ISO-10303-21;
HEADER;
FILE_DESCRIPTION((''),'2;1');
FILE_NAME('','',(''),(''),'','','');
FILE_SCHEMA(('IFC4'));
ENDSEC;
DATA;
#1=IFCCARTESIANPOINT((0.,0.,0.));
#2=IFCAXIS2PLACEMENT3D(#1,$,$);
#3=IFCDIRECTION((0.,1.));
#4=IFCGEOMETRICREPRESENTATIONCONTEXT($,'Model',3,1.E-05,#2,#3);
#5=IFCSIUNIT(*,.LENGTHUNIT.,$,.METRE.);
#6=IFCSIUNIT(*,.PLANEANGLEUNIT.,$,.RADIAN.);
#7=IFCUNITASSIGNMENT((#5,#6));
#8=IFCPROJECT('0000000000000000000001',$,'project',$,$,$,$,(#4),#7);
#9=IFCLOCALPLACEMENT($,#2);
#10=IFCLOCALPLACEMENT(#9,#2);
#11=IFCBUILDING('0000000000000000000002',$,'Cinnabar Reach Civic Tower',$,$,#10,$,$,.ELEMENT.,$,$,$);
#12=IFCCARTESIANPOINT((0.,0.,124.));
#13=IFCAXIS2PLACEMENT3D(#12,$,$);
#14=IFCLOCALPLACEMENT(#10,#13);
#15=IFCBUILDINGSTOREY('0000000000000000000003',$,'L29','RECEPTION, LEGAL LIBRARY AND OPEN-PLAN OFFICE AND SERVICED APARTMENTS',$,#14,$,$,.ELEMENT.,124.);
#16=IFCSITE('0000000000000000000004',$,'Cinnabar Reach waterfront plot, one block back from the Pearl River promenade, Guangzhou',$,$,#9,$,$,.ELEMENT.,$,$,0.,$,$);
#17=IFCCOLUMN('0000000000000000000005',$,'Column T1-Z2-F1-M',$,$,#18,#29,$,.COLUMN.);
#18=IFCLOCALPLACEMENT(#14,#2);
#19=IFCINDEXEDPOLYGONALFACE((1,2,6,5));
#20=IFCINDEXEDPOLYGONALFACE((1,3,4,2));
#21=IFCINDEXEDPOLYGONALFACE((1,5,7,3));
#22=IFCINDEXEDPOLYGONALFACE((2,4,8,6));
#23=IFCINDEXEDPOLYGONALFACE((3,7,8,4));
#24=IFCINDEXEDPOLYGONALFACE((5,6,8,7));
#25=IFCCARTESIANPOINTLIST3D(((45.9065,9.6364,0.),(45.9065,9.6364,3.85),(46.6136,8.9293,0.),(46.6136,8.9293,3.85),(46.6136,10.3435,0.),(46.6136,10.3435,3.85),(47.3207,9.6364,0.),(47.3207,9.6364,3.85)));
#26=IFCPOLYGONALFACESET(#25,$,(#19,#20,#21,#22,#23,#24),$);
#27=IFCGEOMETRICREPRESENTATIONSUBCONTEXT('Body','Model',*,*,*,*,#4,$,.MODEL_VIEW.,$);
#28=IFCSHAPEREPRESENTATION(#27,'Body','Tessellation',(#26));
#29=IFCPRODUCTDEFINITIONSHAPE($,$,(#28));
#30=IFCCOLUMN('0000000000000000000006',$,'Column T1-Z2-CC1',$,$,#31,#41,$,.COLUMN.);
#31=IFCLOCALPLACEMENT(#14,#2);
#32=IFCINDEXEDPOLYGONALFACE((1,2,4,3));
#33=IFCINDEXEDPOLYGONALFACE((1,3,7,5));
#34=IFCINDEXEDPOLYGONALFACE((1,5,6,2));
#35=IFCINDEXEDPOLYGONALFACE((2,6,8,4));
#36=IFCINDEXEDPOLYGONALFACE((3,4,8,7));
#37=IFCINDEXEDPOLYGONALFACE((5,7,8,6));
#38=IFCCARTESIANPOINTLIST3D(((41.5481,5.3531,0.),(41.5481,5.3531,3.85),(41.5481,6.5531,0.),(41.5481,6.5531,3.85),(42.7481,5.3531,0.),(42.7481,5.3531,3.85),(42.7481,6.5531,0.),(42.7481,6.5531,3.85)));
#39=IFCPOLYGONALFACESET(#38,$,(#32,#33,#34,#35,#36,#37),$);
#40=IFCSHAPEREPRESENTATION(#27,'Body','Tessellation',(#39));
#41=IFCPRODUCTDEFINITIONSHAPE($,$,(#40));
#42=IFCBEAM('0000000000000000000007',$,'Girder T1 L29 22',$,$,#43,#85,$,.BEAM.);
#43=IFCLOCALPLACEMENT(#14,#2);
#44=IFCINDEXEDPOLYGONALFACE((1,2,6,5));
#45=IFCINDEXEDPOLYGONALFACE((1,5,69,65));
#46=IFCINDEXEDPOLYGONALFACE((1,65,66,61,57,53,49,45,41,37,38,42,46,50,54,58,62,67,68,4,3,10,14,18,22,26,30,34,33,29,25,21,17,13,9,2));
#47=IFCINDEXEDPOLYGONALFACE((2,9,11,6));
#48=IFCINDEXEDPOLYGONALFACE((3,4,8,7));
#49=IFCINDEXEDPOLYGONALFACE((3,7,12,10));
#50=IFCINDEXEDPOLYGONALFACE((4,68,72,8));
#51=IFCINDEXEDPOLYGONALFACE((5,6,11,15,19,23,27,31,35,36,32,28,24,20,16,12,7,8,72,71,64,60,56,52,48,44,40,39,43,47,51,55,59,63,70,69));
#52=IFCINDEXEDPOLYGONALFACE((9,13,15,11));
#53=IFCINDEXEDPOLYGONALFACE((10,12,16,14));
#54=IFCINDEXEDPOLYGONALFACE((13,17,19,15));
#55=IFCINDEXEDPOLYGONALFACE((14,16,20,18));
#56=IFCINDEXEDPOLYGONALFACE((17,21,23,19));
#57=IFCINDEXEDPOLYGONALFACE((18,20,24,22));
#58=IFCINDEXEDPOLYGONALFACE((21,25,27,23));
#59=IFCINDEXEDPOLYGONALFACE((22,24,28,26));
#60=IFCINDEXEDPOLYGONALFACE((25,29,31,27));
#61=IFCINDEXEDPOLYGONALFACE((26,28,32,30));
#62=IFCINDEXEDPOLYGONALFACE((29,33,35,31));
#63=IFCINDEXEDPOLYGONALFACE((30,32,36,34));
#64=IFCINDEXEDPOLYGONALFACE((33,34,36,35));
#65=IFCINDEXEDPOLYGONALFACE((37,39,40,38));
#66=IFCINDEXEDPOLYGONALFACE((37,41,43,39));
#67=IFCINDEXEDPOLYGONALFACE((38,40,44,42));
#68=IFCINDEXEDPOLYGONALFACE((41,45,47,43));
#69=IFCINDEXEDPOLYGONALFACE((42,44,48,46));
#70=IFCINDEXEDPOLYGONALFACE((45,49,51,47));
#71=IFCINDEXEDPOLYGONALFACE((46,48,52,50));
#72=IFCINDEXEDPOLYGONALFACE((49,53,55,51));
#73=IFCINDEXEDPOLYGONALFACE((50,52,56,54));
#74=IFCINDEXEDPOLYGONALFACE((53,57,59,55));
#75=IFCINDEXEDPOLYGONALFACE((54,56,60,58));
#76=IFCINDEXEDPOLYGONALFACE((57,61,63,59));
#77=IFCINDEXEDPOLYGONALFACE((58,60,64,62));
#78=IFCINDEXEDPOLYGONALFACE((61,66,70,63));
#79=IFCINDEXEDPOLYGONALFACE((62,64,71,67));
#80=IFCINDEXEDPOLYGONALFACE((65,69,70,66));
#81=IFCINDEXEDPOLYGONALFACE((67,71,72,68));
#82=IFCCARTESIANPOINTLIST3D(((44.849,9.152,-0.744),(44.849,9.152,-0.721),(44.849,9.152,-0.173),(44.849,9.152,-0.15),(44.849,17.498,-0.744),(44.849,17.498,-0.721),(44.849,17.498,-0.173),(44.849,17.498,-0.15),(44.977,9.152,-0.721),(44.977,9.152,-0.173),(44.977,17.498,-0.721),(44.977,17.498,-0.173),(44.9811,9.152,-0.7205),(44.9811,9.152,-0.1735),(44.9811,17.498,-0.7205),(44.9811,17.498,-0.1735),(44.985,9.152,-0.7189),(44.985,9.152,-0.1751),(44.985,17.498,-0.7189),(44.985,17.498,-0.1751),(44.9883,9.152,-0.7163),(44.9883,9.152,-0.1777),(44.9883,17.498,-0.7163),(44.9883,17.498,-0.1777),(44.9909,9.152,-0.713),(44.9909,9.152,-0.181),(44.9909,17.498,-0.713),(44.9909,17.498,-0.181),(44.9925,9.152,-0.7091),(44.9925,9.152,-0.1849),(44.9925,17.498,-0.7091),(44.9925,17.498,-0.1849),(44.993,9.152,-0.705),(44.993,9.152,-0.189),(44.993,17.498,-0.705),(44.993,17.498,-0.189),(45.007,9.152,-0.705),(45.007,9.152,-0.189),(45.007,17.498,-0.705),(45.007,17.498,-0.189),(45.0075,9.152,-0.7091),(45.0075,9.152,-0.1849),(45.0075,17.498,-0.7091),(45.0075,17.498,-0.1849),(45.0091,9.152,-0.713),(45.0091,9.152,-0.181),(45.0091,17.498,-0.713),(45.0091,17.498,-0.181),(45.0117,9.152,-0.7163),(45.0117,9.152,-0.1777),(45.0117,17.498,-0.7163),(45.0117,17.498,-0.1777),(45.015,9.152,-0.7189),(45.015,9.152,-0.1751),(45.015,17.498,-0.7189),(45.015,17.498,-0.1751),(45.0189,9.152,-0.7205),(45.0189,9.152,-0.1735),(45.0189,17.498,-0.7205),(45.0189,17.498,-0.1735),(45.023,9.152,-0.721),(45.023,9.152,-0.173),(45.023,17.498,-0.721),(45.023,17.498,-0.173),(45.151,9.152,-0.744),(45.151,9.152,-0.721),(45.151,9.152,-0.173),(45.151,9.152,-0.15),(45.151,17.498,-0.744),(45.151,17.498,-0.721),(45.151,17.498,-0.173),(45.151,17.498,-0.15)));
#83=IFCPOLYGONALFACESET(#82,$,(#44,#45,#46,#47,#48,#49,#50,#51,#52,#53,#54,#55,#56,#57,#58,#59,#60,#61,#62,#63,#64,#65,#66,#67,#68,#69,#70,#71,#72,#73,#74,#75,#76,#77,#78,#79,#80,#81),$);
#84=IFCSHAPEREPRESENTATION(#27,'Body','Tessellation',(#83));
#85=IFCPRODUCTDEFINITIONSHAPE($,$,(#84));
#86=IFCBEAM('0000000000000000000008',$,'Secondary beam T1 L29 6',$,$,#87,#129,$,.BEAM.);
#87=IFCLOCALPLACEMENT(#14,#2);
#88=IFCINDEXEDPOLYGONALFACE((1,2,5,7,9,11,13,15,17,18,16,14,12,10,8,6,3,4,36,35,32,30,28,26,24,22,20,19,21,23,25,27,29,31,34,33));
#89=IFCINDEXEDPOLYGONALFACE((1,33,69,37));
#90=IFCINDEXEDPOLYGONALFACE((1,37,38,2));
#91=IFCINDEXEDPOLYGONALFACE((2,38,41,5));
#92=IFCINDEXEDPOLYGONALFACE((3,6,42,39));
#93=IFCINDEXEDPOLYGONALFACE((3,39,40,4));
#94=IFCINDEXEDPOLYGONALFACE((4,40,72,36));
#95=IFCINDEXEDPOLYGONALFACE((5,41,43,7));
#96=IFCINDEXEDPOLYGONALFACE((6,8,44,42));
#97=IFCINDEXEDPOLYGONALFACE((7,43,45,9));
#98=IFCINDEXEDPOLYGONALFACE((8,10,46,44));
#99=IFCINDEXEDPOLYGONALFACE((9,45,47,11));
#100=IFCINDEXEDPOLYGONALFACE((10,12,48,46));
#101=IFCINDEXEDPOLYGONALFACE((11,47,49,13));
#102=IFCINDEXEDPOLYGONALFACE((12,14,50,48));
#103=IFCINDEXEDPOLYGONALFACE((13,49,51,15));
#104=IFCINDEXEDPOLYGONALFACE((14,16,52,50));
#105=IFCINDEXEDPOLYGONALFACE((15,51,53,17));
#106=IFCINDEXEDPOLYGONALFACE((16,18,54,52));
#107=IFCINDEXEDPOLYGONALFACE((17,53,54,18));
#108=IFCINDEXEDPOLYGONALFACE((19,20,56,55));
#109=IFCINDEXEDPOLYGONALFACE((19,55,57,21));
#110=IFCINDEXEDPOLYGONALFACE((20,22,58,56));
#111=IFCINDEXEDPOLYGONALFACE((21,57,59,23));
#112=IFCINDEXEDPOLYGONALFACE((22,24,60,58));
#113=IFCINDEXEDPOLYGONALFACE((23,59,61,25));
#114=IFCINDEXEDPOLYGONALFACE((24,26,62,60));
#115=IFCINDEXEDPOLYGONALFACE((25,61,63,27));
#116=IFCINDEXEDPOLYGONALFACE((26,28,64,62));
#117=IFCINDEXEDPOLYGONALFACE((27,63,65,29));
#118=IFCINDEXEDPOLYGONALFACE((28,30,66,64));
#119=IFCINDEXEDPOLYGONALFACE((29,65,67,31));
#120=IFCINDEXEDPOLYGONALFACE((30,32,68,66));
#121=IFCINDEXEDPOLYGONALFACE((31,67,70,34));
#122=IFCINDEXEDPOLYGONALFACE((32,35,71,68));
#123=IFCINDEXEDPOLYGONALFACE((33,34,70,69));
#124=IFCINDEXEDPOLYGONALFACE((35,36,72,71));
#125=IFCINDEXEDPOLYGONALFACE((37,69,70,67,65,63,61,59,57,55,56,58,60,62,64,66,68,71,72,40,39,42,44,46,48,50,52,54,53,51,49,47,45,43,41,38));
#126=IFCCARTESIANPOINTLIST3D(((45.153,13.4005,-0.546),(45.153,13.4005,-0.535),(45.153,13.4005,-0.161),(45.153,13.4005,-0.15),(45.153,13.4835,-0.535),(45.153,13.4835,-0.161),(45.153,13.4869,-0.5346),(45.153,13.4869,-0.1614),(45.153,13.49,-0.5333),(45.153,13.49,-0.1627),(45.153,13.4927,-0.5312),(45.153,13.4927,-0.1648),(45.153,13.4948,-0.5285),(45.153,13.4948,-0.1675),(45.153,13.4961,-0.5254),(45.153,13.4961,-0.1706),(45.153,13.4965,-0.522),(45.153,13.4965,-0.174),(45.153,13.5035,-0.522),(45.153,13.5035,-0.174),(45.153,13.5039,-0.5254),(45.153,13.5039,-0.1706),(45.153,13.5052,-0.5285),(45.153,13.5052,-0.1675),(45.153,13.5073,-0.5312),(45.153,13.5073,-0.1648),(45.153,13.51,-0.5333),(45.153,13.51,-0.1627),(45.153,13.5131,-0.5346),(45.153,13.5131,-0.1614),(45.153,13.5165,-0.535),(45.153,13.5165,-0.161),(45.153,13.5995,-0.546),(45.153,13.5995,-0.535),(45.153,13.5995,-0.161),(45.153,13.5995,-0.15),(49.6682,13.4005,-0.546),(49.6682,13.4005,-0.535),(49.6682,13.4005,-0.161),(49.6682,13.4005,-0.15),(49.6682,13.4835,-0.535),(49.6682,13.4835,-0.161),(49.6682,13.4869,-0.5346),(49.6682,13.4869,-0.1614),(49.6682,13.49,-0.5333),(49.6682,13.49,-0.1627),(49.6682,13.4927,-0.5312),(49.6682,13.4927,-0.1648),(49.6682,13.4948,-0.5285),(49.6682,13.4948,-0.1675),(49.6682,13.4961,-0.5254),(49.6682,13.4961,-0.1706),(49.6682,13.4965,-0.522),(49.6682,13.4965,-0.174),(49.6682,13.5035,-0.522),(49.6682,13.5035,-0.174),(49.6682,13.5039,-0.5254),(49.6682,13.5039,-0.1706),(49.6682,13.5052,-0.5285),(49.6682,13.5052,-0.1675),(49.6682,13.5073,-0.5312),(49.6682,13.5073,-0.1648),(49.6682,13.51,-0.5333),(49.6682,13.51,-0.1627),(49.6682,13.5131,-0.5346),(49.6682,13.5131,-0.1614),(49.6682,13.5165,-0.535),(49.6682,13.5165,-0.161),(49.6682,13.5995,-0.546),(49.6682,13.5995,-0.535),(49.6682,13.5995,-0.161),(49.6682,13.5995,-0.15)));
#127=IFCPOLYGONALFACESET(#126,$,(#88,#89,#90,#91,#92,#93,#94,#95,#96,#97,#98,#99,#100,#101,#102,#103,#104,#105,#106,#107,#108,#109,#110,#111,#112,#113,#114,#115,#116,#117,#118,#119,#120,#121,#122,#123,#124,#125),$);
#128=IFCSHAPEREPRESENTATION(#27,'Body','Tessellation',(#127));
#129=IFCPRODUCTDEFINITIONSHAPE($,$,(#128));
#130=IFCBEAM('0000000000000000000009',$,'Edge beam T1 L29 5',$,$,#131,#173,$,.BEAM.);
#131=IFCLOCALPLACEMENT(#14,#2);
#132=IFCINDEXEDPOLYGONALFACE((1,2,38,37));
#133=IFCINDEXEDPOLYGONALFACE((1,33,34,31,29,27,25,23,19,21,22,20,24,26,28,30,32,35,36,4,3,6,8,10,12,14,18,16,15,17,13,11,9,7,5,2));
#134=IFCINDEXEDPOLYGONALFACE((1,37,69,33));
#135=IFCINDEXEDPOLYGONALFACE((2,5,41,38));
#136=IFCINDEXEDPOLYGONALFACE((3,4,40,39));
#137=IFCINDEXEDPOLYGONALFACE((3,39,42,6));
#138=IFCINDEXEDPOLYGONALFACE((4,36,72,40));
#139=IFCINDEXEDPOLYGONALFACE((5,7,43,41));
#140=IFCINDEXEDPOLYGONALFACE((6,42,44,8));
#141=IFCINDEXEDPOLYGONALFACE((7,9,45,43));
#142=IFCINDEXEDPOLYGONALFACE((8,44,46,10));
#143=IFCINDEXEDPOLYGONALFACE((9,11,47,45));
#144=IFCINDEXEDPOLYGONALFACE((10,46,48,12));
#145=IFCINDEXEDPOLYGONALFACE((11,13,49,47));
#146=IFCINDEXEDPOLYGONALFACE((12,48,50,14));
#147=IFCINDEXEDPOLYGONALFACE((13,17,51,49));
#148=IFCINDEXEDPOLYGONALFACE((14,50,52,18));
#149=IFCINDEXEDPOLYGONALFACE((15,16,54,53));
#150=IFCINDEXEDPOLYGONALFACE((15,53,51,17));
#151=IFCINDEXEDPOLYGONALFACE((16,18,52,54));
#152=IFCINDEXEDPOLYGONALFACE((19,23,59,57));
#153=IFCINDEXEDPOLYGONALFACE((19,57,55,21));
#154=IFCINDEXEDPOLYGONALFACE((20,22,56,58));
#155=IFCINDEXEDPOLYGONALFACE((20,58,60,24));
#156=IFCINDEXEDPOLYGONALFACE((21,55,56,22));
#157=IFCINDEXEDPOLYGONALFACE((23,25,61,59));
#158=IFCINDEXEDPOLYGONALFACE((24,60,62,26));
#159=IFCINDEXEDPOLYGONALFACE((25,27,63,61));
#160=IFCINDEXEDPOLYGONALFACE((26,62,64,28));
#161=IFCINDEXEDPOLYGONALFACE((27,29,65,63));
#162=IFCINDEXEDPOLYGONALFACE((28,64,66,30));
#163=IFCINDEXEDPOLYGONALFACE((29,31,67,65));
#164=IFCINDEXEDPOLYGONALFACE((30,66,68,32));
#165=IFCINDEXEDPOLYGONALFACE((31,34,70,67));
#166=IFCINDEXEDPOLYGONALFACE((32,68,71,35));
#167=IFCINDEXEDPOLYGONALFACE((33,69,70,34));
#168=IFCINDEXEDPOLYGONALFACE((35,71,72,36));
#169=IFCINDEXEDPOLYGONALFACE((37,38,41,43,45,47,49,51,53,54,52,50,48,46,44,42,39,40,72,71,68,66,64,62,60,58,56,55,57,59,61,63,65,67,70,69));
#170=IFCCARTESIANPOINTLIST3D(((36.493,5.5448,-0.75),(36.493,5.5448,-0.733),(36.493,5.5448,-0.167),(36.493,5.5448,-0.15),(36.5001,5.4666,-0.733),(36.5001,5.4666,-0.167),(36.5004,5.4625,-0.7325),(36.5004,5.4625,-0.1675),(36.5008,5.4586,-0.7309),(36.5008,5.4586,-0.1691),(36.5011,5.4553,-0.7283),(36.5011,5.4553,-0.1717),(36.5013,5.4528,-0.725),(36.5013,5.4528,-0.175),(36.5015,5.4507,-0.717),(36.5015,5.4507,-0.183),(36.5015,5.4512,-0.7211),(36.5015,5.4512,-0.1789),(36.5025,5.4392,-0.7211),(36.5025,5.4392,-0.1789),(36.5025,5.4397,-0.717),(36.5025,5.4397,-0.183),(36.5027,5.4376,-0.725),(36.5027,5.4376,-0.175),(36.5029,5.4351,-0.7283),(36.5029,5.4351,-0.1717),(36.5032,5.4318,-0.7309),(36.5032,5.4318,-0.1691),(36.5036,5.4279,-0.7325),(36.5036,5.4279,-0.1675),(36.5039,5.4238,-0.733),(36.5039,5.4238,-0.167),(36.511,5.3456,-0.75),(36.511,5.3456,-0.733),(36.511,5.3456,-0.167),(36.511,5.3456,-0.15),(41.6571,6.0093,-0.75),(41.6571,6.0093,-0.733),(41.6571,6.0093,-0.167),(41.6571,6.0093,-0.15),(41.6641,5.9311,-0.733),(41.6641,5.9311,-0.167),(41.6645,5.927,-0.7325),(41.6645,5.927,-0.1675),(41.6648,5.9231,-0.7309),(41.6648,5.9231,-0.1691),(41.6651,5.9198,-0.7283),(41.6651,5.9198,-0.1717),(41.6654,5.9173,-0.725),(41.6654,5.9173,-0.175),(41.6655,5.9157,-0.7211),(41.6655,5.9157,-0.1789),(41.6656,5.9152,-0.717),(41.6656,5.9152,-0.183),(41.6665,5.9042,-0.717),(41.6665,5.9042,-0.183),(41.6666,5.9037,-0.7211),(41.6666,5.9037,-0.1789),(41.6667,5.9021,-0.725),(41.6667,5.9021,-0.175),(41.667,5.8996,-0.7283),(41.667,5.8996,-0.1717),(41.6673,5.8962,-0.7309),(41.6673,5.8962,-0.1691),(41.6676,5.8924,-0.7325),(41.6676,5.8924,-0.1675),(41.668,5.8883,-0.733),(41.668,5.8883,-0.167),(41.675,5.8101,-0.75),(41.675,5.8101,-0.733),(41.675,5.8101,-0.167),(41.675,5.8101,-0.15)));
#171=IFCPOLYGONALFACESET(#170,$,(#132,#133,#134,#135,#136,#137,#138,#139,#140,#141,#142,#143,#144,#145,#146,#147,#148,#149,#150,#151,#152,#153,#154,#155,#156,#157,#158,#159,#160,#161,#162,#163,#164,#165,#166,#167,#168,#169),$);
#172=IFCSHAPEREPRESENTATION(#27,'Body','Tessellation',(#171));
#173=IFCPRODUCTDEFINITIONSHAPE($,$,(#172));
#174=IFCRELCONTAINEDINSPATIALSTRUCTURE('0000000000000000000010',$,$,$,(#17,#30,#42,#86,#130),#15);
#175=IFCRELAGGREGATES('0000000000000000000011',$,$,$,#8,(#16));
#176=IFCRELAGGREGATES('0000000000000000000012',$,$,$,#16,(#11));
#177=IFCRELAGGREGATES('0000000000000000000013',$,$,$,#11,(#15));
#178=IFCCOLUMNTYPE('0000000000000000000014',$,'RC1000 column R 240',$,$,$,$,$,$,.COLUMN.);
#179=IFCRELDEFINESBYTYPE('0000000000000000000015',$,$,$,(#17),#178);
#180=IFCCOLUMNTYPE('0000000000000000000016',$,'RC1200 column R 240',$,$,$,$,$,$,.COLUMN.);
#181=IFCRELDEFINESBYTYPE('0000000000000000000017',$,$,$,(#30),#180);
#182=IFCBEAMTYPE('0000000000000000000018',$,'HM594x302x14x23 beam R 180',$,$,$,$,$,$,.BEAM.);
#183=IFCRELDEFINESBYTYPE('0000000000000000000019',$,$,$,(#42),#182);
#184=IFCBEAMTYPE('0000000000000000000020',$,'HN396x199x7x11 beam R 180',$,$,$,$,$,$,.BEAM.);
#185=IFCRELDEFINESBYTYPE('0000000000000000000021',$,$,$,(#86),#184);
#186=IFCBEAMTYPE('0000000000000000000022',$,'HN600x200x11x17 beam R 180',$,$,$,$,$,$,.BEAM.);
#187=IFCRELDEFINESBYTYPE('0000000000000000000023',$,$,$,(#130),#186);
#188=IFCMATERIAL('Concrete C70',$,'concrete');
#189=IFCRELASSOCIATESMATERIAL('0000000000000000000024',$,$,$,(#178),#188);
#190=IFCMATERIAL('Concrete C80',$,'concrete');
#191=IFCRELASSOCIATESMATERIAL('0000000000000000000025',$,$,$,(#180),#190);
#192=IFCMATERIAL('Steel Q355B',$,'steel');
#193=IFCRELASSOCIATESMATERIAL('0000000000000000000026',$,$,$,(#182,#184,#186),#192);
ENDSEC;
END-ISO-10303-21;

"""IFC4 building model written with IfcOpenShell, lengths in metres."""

from ifc_helpers import new_model, si_unit, direction, frame, origin, origin_2d, place, context, subcontext, project, spatial, rectangle, i_section, extrude, material, material_profile, profile_set, type_object, element, save


model = new_model("IFC4")

# Units and contexts
model_context = context("Model", 3, precision=1e-05, world=origin(), true_north=direction((0.0, 1.0)))
body_context = subcontext(model_context, "Body", "Model", "MODEL_VIEW")
ifc_project = project(units=[si_unit("LENGTHUNIT", "METRE"), si_unit("PLANEANGLEUNIT", "RADIAN")], contexts=[model_context])

# Site, building, storey
site_placement = place(None, origin())
site = spatial("IfcSite", under=ifc_project, at=site_placement, Name="Cinnabar Reach waterfront plot, one block back from the Pearl River promenade, Guangzhou", CompositionType="ELEMENT", RefElevation=0.0)
building_placement = place(site_placement, origin())
building = spatial("IfcBuilding", under=site, at=building_placement, Name="Cinnabar Reach Civic Tower", CompositionType="ELEMENT")
storey_placement = place(building_placement, frame((0.0, 0.0, 124.0)))
storey = spatial("IfcBuildingStorey", under=building, at=storey_placement, Name="L29", Description="RECEPTION, LEGAL LIBRARY AND OPEN-PLAN OFFICE AND SERVICED APARTMENTS", CompositionType="ELEMENT", Elevation=124.0)

# Columns
ifc_material_1 = material(Name="Concrete C70", Category="concrete")
ifc_material_profile_1 = material_profile(ifc_material_1, rectangle(XDim=1.0, YDim=1.0, at=origin_2d()), Name="RC1000")
ifc_profile_set_1 = profile_set([ifc_material_profile_1], Name="Concrete C70")
column_type_1 = type_object("IfcColumnType", Name="RC1000 column R 240", PredefinedType="COLUMN", material=ifc_profile_set_1)
column_1_placement = place(storey_placement, frame((46.6136, 9.6364, 0.0), z_axis=(0.0, 0.0, 1.0), x_axis=(0.707107, 0.707107, 0.0)))
element("IfcColumn", 1, at=column_1_placement, inside=storey, type_object=column_type_1, Name="Column T1-Z2-F1-M", PredefinedType="COLUMN", context=body_context, shape_type="SweptSolid", body=[
    extrude(rectangle(XDim=1.0, YDim=1.0, at=origin_2d()), origin(), (0.0, 0.0, 1.0), 3.85),
])
ifc_material_2 = material(Name="Concrete C80", Category="concrete")
ifc_material_profile_2 = material_profile(ifc_material_2, rectangle(XDim=1.2, YDim=1.2, at=origin_2d()), Name="RC1200")
ifc_profile_set_2 = profile_set([ifc_material_profile_2], Name="Concrete C80")
column_type_2 = type_object("IfcColumnType", Name="RC1200 column R 240", PredefinedType="COLUMN", material=ifc_profile_set_2)
column_2_placement = place(storey_placement, frame((42.1481, 5.9531, 0.0), z_axis=(0.0, 0.0, 1.0), x_axis=(1.0, 0.0, 0.0)))
element("IfcColumn", 2, at=column_2_placement, inside=storey, type_object=column_type_2, Name="Column T1-Z2-CC1", PredefinedType="COLUMN", context=body_context, shape_type="SweptSolid", body=[
    extrude(rectangle(XDim=1.2, YDim=1.2, at=origin_2d()), origin(), (0.0, 0.0, 1.0), 3.85),
])

# Beams
ifc_material_3 = material(Name="Steel Q355B", Category="steel")
ifc_material_profile_3 = material_profile(ifc_material_3, i_section(OverallWidth=0.302, OverallDepth=0.594, WebThickness=0.014, FlangeThickness=0.023, FilletRadius=0.016, at=origin_2d()), Name="HM594x302x14x23")
ifc_profile_set_3 = profile_set([ifc_material_profile_3], Name="Steel Q355B")
beam_type_1 = type_object("IfcBeamType", Name="HM594x302x14x23 beam R 180", PredefinedType="BEAM", material=ifc_profile_set_3)
beam_1_placement = place(storey_placement, frame((45.0, 9.152, -0.447), z_axis=(0.0, 1.0, 0.0), x_axis=(-1.0, 0.0, 0.0)))
element("IfcBeam", 3, at=beam_1_placement, inside=storey, type_object=beam_type_1, Name="Girder T1 L29 22", PredefinedType="BEAM", context=body_context, shape_type="SweptSolid", body=[
    extrude(i_section(OverallWidth=0.302, OverallDepth=0.594, WebThickness=0.014, FlangeThickness=0.023, FilletRadius=0.016, at=origin_2d()), origin(), (0.0, 0.0, 1.0), 8.346),
])
ifc_material_profile_4 = material_profile(ifc_material_3, i_section(OverallWidth=0.199, OverallDepth=0.396, WebThickness=0.007, FlangeThickness=0.011, FilletRadius=0.013, at=origin_2d()), Name="HN396x199x7x11")
ifc_profile_set_4 = profile_set([ifc_material_profile_4], Name="Steel Q355B")
beam_type_2 = type_object("IfcBeamType", Name="HN396x199x7x11 beam R 180", PredefinedType="BEAM", material=ifc_profile_set_4)
beam_2_placement = place(storey_placement, frame((45.153, 13.5, -0.348), z_axis=(1.0, 0.0, 0.0), x_axis=(0.0, 1.0, 0.0)))
element("IfcBeam", 4, at=beam_2_placement, inside=storey, type_object=beam_type_2, Name="Secondary beam T1 L29 6", PredefinedType="BEAM", context=body_context, shape_type="SweptSolid", body=[
    extrude(i_section(OverallWidth=0.199, OverallDepth=0.396, WebThickness=0.007, FlangeThickness=0.011, FilletRadius=0.013, at=origin_2d()), origin(), (0.0, 0.0, 1.0), 4.5152),
])
ifc_material_profile_5 = material_profile(ifc_material_3, i_section(OverallWidth=0.2, OverallDepth=0.6, WebThickness=0.011, FlangeThickness=0.017, FilletRadius=0.016, at=origin_2d()), Name="HN600x200x11x17")
ifc_profile_set_5 = profile_set([ifc_material_profile_5], Name="Steel Q355B")
beam_type_3 = type_object("IfcBeamType", Name="HN600x200x11x17 beam R 180", PredefinedType="BEAM", material=ifc_profile_set_5)
beam_3_placement = place(storey_placement, frame((36.502, 5.4452, -0.45), z_axis=(0.995979, 0.089586, 0.0), x_axis=(-0.089586, 0.995979, 0.0)))
element("IfcBeam", 5, at=beam_3_placement, inside=storey, type_object=beam_type_3, Name="Edge beam T1 L29 5", PredefinedType="BEAM", context=body_context, shape_type="SweptSolid", body=[
    extrude(i_section(OverallWidth=0.2, OverallDepth=0.6, WebThickness=0.011, FlangeThickness=0.017, FilletRadius=0.016, at=origin_2d()), origin(), (0.0, 0.0, 1.0), 5.1849),
])

save(model, "model.ifc")
